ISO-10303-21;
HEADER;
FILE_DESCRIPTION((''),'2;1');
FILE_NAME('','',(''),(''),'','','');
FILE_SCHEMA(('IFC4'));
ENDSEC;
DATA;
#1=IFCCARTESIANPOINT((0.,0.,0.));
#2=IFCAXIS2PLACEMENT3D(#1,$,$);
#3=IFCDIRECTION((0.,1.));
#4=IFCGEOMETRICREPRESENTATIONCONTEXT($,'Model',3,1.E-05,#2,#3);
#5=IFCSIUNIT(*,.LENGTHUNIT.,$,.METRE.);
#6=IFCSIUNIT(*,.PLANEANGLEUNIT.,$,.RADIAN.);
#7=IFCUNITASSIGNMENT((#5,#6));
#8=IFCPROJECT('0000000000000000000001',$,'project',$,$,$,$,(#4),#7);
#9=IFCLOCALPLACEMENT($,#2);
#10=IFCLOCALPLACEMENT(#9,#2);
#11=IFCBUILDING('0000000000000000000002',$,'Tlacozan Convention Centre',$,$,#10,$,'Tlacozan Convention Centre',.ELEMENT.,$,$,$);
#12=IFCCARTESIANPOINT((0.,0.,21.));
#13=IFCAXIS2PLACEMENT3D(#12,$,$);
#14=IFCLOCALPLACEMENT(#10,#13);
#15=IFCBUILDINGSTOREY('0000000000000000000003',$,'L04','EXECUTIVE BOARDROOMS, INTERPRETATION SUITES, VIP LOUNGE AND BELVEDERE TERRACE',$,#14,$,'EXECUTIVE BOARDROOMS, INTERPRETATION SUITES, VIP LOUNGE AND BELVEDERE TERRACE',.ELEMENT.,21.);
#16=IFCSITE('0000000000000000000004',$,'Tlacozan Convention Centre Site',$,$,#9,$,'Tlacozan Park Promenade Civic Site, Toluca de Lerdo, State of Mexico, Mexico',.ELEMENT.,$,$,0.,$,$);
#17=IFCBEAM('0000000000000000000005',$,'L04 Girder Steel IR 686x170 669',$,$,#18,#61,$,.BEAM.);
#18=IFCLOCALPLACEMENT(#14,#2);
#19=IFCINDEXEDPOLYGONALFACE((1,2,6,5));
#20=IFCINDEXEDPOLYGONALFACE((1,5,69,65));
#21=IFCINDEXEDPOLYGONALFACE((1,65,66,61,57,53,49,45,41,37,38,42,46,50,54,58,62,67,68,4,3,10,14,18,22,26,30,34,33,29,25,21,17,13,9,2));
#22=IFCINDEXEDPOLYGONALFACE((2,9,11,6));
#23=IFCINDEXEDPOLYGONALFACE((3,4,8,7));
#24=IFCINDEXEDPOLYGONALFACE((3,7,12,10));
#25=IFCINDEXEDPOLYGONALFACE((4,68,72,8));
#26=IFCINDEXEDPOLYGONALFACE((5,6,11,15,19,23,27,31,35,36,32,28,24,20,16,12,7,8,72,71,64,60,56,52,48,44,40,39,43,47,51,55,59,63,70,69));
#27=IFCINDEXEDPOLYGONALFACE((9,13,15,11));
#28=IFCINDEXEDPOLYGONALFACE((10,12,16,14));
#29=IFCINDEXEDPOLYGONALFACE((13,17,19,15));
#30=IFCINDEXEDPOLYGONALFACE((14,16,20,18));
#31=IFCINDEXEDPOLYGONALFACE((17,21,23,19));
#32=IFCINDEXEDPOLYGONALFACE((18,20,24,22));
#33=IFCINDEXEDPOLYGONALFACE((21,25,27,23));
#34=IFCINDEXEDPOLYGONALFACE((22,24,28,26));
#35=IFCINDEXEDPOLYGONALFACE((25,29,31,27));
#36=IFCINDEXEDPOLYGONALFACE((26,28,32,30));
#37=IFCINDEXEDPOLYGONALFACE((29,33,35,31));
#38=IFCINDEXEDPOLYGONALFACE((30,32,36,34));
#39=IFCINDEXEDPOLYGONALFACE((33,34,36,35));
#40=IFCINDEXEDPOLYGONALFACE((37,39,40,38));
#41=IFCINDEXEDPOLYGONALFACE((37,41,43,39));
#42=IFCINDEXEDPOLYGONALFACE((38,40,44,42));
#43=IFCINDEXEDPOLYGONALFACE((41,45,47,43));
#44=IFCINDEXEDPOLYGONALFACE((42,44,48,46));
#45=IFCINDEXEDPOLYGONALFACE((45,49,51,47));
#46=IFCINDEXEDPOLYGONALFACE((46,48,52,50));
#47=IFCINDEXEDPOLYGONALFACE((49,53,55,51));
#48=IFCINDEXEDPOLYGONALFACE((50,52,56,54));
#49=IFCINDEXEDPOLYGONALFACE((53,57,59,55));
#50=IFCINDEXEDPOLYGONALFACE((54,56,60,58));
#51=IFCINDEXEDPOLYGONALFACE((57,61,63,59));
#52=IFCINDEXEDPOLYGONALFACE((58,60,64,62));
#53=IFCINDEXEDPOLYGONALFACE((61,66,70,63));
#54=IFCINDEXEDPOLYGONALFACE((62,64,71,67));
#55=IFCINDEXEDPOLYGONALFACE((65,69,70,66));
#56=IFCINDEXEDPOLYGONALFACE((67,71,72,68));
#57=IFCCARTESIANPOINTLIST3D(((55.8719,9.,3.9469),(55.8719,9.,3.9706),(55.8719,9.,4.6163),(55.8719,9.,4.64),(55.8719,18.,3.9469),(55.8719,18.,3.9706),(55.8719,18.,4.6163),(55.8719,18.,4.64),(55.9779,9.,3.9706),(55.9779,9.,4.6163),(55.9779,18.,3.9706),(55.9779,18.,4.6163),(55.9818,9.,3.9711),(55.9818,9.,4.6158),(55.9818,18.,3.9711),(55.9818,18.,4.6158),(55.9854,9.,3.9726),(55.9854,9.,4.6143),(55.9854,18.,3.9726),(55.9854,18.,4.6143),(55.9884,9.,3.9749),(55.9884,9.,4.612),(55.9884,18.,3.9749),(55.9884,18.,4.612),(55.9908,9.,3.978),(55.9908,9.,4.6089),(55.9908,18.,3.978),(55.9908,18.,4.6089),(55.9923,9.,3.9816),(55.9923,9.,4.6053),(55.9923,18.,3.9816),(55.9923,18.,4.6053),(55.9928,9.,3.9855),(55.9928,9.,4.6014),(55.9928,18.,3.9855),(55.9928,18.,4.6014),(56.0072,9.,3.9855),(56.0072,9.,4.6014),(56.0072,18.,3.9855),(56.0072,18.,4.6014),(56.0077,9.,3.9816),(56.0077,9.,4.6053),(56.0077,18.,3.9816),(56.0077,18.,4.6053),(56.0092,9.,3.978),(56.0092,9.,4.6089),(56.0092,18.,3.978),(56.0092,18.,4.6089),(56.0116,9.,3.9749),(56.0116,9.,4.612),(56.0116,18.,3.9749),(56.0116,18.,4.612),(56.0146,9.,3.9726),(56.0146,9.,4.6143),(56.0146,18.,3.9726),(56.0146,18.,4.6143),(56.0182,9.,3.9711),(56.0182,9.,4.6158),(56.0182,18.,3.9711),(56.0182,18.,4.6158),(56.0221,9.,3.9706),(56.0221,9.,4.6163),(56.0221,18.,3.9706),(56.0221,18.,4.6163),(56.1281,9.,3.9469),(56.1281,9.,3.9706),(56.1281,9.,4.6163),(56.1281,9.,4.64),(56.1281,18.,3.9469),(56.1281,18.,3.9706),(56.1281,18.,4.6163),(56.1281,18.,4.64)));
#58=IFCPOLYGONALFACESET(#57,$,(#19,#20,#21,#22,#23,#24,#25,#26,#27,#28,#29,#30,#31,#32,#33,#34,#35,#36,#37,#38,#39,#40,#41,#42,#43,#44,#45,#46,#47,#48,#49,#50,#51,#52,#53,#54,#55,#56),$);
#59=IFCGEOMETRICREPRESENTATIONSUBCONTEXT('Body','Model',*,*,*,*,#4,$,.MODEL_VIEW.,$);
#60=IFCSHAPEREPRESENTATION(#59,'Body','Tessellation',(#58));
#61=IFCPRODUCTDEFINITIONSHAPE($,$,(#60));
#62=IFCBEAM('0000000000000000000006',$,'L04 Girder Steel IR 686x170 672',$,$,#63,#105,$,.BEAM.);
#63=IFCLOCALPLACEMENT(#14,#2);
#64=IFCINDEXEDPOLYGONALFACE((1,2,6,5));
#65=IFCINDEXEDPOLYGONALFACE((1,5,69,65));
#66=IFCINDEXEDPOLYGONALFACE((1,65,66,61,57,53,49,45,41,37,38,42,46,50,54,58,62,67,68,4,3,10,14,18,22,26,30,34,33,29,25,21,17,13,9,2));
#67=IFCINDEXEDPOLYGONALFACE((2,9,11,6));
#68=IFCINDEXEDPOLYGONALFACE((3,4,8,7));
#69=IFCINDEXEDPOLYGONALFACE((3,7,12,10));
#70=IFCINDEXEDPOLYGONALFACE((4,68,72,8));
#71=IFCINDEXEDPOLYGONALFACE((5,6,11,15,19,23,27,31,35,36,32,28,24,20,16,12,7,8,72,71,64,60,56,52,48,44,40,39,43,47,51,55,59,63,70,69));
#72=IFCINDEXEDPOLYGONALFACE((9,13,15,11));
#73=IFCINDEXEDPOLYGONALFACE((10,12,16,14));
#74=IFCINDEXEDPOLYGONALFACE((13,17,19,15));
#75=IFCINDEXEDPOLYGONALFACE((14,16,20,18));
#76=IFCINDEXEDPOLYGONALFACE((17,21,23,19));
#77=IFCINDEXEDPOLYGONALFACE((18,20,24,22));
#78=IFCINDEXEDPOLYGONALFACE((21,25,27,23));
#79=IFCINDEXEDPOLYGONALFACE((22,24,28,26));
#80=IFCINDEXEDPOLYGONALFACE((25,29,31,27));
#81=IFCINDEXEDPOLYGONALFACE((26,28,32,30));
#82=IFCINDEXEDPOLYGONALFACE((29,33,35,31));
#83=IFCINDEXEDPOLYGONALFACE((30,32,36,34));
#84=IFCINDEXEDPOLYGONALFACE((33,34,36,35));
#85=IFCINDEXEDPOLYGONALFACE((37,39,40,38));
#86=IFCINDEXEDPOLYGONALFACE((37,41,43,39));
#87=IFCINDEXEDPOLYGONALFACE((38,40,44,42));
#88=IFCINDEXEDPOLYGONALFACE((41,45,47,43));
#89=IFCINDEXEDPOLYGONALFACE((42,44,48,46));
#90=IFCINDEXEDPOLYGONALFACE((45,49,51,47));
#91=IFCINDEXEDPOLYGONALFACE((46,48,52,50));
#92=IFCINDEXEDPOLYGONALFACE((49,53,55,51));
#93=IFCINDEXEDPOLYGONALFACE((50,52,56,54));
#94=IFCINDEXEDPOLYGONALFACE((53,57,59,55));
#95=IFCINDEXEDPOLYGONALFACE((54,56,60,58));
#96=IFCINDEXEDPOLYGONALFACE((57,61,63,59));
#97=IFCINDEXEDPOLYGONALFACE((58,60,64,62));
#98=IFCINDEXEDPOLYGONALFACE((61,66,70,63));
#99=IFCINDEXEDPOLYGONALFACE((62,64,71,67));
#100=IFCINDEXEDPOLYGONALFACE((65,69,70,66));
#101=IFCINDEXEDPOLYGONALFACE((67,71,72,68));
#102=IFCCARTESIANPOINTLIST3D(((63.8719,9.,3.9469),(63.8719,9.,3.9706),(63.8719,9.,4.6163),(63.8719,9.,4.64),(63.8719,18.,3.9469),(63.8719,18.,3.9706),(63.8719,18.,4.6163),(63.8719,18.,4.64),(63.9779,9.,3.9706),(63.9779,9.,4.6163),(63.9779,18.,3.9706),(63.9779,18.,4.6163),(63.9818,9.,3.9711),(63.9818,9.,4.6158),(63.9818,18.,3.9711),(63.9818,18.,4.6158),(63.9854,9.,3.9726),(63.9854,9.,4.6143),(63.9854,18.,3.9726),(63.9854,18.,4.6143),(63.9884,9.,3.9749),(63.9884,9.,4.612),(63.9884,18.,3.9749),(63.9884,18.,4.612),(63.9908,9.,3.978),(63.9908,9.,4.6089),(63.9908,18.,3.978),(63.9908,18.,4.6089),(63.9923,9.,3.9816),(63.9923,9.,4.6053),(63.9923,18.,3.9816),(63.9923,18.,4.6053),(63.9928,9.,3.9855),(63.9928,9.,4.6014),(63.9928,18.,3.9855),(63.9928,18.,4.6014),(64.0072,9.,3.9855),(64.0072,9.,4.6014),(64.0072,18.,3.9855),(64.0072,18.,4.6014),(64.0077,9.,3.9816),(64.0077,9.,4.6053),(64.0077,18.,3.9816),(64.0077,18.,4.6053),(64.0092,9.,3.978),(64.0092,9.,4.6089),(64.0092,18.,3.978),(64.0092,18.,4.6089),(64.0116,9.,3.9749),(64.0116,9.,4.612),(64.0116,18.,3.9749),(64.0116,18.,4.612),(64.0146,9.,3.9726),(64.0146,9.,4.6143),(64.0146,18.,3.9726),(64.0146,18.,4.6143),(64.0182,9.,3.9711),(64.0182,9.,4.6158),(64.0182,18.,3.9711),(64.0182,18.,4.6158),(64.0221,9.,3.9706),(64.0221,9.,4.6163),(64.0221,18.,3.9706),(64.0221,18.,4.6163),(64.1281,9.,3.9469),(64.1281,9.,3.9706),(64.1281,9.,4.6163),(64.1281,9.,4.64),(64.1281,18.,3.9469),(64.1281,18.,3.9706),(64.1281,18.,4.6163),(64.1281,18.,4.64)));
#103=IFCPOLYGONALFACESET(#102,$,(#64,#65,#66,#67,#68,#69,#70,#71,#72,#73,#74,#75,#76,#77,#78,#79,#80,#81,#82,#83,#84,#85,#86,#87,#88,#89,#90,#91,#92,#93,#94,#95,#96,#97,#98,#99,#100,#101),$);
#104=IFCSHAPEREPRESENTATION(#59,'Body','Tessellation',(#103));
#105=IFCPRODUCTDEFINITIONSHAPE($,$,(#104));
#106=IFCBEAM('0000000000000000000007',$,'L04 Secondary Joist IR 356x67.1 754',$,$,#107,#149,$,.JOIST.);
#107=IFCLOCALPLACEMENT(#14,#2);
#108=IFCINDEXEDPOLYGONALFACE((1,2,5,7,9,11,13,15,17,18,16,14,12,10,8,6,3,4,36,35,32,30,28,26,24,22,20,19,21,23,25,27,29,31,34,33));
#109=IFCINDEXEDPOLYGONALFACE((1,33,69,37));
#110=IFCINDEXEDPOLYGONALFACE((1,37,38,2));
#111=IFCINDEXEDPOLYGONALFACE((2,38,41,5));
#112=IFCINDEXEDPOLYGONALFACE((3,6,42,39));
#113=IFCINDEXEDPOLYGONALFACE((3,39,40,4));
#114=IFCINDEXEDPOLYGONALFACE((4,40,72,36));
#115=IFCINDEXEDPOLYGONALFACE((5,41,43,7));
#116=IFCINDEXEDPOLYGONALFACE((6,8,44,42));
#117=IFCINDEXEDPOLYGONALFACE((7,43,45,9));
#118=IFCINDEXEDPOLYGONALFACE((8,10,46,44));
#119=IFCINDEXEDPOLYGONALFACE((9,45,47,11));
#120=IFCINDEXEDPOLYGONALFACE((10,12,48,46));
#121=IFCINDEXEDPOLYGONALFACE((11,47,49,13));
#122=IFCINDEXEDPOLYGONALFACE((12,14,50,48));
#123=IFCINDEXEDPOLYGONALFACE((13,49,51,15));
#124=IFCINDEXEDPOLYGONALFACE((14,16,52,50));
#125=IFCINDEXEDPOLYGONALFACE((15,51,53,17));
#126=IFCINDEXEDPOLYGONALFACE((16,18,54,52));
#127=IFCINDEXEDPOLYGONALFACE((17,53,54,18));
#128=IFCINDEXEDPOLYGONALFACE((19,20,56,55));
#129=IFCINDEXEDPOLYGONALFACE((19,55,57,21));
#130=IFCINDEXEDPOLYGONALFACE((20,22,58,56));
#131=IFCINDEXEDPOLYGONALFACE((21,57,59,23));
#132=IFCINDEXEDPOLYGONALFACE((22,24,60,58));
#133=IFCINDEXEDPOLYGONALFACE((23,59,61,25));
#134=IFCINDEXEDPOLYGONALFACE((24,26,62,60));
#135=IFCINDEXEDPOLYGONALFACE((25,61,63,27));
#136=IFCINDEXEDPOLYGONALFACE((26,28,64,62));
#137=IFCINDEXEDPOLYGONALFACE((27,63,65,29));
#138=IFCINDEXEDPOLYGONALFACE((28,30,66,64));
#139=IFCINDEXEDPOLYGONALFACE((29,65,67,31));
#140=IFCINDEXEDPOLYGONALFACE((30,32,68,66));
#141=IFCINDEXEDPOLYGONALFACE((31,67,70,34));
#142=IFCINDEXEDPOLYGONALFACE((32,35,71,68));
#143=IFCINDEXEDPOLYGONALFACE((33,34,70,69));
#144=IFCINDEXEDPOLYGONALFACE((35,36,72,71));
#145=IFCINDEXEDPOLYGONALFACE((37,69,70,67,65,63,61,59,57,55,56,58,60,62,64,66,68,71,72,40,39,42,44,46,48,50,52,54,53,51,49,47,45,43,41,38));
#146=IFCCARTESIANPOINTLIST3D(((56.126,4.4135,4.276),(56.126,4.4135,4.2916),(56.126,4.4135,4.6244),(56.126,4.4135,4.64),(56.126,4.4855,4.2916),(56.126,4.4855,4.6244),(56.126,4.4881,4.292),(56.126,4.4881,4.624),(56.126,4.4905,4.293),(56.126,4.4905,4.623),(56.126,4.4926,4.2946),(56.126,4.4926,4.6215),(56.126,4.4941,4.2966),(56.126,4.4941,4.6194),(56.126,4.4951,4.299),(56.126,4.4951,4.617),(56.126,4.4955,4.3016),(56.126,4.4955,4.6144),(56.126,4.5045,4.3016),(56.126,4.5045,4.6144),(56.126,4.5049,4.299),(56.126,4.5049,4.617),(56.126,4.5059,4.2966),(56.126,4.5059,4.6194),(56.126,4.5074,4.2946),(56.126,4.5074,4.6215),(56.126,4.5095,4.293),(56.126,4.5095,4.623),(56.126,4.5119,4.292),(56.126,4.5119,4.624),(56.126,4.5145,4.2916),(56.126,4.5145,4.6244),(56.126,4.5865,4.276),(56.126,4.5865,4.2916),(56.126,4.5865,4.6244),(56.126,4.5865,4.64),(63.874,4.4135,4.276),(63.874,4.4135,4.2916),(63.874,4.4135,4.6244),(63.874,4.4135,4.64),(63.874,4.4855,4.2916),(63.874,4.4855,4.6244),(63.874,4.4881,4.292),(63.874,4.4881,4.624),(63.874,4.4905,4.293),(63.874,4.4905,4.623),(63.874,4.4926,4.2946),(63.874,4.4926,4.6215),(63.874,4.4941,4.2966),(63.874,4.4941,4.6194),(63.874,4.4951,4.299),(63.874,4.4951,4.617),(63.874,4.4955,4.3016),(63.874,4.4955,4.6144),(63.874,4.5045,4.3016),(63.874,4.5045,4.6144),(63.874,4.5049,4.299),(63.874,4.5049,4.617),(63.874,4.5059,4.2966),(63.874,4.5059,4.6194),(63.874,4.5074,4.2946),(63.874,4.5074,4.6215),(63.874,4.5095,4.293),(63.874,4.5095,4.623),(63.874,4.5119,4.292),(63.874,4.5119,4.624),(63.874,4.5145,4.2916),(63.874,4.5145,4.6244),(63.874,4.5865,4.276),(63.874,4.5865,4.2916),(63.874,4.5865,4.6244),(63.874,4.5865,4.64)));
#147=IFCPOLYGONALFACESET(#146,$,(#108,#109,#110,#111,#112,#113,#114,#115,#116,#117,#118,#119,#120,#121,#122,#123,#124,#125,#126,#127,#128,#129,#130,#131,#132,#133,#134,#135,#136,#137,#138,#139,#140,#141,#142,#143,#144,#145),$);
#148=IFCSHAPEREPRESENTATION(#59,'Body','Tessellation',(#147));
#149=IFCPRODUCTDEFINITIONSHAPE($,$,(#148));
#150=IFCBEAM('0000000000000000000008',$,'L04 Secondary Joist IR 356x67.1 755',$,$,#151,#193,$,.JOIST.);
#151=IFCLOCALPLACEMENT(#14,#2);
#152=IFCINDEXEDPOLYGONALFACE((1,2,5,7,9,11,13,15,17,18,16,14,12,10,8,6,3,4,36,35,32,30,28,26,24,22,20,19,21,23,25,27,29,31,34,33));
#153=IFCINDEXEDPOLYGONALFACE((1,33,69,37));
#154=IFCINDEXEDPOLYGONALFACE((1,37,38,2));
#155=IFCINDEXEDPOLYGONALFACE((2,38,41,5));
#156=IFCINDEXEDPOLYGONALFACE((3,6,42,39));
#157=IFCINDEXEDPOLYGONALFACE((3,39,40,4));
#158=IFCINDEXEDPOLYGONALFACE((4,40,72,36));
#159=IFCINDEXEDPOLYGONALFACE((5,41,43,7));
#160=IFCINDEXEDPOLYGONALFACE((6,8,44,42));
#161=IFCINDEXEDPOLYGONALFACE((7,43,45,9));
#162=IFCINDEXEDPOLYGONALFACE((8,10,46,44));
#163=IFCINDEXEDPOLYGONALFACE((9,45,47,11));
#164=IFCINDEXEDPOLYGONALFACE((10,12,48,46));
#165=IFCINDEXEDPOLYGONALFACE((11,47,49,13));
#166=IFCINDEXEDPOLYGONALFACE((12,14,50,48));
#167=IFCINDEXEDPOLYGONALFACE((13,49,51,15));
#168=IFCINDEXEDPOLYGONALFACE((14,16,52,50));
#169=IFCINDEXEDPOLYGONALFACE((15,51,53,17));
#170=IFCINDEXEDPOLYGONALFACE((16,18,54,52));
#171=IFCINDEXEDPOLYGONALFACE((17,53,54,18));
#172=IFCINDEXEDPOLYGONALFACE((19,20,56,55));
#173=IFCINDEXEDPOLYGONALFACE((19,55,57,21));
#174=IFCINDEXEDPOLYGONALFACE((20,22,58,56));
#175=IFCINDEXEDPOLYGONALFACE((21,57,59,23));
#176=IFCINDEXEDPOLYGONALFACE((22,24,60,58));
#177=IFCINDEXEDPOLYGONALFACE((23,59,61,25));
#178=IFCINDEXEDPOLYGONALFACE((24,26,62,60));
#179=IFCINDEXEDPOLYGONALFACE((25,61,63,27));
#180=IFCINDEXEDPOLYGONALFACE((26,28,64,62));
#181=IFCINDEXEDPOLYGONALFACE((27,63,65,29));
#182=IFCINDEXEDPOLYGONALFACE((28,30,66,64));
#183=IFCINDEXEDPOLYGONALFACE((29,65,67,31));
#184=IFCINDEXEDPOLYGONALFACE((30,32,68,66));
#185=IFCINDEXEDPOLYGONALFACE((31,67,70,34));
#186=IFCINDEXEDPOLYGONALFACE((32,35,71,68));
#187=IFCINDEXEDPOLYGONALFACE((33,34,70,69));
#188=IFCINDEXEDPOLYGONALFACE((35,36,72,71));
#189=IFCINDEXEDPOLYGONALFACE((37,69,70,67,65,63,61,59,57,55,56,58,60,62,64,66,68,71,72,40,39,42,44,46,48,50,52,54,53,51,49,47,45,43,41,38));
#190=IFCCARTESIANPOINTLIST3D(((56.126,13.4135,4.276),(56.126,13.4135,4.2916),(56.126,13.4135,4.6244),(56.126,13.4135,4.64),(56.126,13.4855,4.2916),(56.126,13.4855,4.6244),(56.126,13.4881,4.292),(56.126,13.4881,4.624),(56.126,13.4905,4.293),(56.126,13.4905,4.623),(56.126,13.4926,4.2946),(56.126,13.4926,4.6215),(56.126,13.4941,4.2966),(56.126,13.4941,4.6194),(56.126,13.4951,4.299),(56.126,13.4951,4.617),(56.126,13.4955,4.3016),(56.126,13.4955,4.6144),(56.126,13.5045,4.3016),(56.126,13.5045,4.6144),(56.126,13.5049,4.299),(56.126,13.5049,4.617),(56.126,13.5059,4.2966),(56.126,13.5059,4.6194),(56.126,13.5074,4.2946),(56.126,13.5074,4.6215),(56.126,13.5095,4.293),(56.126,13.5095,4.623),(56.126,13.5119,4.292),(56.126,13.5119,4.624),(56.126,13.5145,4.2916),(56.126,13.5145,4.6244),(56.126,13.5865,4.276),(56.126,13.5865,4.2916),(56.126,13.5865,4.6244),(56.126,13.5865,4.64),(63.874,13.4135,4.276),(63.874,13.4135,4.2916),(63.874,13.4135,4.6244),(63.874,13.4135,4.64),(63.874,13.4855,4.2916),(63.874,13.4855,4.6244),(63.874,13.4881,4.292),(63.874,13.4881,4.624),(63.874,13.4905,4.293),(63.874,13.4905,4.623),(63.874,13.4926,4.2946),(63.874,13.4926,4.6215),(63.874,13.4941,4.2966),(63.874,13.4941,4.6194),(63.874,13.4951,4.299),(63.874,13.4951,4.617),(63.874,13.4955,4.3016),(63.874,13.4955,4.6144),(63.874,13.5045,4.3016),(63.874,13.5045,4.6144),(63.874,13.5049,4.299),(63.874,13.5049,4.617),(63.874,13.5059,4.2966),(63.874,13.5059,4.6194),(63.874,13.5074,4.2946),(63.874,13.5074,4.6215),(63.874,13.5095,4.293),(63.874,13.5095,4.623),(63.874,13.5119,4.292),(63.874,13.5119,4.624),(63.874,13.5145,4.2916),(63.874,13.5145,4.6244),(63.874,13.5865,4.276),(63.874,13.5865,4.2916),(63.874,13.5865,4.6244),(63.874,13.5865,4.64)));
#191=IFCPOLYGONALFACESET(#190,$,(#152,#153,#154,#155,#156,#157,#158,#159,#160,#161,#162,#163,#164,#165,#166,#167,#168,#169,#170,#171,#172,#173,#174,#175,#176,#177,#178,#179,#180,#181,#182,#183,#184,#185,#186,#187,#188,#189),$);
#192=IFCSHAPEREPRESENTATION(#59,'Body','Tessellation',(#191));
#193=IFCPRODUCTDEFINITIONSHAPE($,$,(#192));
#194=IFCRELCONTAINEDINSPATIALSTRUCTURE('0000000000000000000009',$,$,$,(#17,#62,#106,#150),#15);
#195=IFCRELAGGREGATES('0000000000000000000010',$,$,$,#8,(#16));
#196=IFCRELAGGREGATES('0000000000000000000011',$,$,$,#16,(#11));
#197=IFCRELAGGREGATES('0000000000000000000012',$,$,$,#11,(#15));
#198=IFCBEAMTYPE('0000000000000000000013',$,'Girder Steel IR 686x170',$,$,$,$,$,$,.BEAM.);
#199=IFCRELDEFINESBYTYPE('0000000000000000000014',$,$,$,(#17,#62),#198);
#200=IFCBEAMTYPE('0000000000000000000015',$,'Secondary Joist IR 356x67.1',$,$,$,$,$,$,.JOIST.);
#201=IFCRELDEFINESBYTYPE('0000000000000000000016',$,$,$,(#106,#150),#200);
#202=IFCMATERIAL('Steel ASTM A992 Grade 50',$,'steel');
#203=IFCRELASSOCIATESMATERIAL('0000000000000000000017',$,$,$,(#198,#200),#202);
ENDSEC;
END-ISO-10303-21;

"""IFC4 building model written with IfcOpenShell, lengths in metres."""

from ifc_helpers import new_model, si_unit, direction, frame, origin, origin_2d, place, context, subcontext, project, spatial, i_section, extrude, material, material_profile, profile_set, type_object, element, save


model = new_model("IFC4")

# Units and contexts
model_context = context("Model", 3, precision=1e-05, world=origin(), true_north=direction((0.0, 1.0)))
body_context = subcontext(model_context, "Body", "Model", "MODEL_VIEW")
ifc_project = project(units=[si_unit("LENGTHUNIT", "METRE"), si_unit("PLANEANGLEUNIT", "RADIAN")], contexts=[model_context])

# Site, building, storey
site_placement = place(None, origin())
site = spatial("IfcSite", under=ifc_project, at=site_placement, Name="Tlacozan Convention Centre Site", LongName="Tlacozan Park Promenade Civic Site, Toluca de Lerdo, State of Mexico, Mexico", CompositionType="ELEMENT", RefElevation=0.0)
building_placement = place(site_placement, origin())
building = spatial("IfcBuilding", under=site, at=building_placement, Name="Tlacozan Convention Centre", LongName="Tlacozan Convention Centre", CompositionType="ELEMENT")
storey_placement = place(building_placement, frame((0.0, 0.0, 21.0)))
storey = spatial("IfcBuildingStorey", under=building, at=storey_placement, Name="L04", Description="EXECUTIVE BOARDROOMS, INTERPRETATION SUITES, VIP LOUNGE AND BELVEDERE TERRACE", LongName="EXECUTIVE BOARDROOMS, INTERPRETATION SUITES, VIP LOUNGE AND BELVEDERE TERRACE", CompositionType="ELEMENT", Elevation=21.0)

# Beams
ifc_material_1 = material(Name="Steel ASTM A992 Grade 50", Category="steel")
ifc_material_profile_1 = material_profile(ifc_material_1, i_section(OverallWidth=0.2561, OverallDepth=0.6931, WebThickness=0.0144, FlangeThickness=0.0237, FilletRadius=0.0149, at=origin_2d()), Name="IR 686x170.0")
ifc_profile_set_1 = profile_set([ifc_material_profile_1], Name="Steel ASTM A992 Grade 50")
beam_type_1 = type_object("IfcBeamType", Name="Girder Steel IR 686x170", PredefinedType="BEAM", material=ifc_profile_set_1)
for number, where, z_axis, x_axis, name in (
    (1, (56.0, 9.0, 4.2935), (0.0, 1.0, 0.0), (-1.0, 0.0, 0.0), "L04 Girder Steel IR 686x170 669"),
    (2, (64.0, 9.0, 4.2935), (0.0, 1.0, 0.0), (-1.0, 0.0, 0.0), "L04 Girder Steel IR 686x170 672"),
):
    element("IfcBeam", number, at=place(storey_placement, frame(where, z_axis=z_axis, x_axis=x_axis)), inside=storey, type_object=beam_type_1, Name=name, PredefinedType="BEAM", context=body_context, shape_type="SweptSolid", body=[
        extrude(i_section(OverallWidth=0.2561, OverallDepth=0.6931, WebThickness=0.0144, FlangeThickness=0.0237, FilletRadius=0.0149, at=origin_2d()), origin(), (0.0, 0.0, 1.0), 9.0),
    ])
ifc_material_profile_2 = material_profile(ifc_material_1, i_section(OverallWidth=0.1731, OverallDepth=0.364, WebThickness=0.009, FlangeThickness=0.0156, FilletRadius=0.01, at=origin_2d()), Name="IR 356x67.1")
ifc_profile_set_2 = profile_set([ifc_material_profile_2], Name="Steel ASTM A992 Grade 50")
beam_type_2 = type_object("IfcBeamType", Name="Secondary Joist IR 356x67.1", PredefinedType="JOIST", material=ifc_profile_set_2)
for number, where, z_axis, x_axis, name in (
    (3, (56.126, 4.5, 4.458), (1.0, 0.0, 0.0), (0.0, 1.0, 0.0), "L04 Secondary Joist IR 356x67.1 754"),
    (4, (56.126, 13.5, 4.458), (1.0, 0.0, 0.0), (0.0, 1.0, 0.0), "L04 Secondary Joist IR 356x67.1 755"),
):
    element("IfcBeam", number, at=place(storey_placement, frame(where, z_axis=z_axis, x_axis=x_axis)), inside=storey, type_object=beam_type_2, Name=name, PredefinedType="JOIST", context=body_context, shape_type="SweptSolid", body=[
        extrude(i_section(OverallWidth=0.1731, OverallDepth=0.364, WebThickness=0.009, FlangeThickness=0.0156, FilletRadius=0.01, at=origin_2d()), origin(), (0.0, 0.0, 1.0), 7.748),
    ])

save(model, "model.ifc")
